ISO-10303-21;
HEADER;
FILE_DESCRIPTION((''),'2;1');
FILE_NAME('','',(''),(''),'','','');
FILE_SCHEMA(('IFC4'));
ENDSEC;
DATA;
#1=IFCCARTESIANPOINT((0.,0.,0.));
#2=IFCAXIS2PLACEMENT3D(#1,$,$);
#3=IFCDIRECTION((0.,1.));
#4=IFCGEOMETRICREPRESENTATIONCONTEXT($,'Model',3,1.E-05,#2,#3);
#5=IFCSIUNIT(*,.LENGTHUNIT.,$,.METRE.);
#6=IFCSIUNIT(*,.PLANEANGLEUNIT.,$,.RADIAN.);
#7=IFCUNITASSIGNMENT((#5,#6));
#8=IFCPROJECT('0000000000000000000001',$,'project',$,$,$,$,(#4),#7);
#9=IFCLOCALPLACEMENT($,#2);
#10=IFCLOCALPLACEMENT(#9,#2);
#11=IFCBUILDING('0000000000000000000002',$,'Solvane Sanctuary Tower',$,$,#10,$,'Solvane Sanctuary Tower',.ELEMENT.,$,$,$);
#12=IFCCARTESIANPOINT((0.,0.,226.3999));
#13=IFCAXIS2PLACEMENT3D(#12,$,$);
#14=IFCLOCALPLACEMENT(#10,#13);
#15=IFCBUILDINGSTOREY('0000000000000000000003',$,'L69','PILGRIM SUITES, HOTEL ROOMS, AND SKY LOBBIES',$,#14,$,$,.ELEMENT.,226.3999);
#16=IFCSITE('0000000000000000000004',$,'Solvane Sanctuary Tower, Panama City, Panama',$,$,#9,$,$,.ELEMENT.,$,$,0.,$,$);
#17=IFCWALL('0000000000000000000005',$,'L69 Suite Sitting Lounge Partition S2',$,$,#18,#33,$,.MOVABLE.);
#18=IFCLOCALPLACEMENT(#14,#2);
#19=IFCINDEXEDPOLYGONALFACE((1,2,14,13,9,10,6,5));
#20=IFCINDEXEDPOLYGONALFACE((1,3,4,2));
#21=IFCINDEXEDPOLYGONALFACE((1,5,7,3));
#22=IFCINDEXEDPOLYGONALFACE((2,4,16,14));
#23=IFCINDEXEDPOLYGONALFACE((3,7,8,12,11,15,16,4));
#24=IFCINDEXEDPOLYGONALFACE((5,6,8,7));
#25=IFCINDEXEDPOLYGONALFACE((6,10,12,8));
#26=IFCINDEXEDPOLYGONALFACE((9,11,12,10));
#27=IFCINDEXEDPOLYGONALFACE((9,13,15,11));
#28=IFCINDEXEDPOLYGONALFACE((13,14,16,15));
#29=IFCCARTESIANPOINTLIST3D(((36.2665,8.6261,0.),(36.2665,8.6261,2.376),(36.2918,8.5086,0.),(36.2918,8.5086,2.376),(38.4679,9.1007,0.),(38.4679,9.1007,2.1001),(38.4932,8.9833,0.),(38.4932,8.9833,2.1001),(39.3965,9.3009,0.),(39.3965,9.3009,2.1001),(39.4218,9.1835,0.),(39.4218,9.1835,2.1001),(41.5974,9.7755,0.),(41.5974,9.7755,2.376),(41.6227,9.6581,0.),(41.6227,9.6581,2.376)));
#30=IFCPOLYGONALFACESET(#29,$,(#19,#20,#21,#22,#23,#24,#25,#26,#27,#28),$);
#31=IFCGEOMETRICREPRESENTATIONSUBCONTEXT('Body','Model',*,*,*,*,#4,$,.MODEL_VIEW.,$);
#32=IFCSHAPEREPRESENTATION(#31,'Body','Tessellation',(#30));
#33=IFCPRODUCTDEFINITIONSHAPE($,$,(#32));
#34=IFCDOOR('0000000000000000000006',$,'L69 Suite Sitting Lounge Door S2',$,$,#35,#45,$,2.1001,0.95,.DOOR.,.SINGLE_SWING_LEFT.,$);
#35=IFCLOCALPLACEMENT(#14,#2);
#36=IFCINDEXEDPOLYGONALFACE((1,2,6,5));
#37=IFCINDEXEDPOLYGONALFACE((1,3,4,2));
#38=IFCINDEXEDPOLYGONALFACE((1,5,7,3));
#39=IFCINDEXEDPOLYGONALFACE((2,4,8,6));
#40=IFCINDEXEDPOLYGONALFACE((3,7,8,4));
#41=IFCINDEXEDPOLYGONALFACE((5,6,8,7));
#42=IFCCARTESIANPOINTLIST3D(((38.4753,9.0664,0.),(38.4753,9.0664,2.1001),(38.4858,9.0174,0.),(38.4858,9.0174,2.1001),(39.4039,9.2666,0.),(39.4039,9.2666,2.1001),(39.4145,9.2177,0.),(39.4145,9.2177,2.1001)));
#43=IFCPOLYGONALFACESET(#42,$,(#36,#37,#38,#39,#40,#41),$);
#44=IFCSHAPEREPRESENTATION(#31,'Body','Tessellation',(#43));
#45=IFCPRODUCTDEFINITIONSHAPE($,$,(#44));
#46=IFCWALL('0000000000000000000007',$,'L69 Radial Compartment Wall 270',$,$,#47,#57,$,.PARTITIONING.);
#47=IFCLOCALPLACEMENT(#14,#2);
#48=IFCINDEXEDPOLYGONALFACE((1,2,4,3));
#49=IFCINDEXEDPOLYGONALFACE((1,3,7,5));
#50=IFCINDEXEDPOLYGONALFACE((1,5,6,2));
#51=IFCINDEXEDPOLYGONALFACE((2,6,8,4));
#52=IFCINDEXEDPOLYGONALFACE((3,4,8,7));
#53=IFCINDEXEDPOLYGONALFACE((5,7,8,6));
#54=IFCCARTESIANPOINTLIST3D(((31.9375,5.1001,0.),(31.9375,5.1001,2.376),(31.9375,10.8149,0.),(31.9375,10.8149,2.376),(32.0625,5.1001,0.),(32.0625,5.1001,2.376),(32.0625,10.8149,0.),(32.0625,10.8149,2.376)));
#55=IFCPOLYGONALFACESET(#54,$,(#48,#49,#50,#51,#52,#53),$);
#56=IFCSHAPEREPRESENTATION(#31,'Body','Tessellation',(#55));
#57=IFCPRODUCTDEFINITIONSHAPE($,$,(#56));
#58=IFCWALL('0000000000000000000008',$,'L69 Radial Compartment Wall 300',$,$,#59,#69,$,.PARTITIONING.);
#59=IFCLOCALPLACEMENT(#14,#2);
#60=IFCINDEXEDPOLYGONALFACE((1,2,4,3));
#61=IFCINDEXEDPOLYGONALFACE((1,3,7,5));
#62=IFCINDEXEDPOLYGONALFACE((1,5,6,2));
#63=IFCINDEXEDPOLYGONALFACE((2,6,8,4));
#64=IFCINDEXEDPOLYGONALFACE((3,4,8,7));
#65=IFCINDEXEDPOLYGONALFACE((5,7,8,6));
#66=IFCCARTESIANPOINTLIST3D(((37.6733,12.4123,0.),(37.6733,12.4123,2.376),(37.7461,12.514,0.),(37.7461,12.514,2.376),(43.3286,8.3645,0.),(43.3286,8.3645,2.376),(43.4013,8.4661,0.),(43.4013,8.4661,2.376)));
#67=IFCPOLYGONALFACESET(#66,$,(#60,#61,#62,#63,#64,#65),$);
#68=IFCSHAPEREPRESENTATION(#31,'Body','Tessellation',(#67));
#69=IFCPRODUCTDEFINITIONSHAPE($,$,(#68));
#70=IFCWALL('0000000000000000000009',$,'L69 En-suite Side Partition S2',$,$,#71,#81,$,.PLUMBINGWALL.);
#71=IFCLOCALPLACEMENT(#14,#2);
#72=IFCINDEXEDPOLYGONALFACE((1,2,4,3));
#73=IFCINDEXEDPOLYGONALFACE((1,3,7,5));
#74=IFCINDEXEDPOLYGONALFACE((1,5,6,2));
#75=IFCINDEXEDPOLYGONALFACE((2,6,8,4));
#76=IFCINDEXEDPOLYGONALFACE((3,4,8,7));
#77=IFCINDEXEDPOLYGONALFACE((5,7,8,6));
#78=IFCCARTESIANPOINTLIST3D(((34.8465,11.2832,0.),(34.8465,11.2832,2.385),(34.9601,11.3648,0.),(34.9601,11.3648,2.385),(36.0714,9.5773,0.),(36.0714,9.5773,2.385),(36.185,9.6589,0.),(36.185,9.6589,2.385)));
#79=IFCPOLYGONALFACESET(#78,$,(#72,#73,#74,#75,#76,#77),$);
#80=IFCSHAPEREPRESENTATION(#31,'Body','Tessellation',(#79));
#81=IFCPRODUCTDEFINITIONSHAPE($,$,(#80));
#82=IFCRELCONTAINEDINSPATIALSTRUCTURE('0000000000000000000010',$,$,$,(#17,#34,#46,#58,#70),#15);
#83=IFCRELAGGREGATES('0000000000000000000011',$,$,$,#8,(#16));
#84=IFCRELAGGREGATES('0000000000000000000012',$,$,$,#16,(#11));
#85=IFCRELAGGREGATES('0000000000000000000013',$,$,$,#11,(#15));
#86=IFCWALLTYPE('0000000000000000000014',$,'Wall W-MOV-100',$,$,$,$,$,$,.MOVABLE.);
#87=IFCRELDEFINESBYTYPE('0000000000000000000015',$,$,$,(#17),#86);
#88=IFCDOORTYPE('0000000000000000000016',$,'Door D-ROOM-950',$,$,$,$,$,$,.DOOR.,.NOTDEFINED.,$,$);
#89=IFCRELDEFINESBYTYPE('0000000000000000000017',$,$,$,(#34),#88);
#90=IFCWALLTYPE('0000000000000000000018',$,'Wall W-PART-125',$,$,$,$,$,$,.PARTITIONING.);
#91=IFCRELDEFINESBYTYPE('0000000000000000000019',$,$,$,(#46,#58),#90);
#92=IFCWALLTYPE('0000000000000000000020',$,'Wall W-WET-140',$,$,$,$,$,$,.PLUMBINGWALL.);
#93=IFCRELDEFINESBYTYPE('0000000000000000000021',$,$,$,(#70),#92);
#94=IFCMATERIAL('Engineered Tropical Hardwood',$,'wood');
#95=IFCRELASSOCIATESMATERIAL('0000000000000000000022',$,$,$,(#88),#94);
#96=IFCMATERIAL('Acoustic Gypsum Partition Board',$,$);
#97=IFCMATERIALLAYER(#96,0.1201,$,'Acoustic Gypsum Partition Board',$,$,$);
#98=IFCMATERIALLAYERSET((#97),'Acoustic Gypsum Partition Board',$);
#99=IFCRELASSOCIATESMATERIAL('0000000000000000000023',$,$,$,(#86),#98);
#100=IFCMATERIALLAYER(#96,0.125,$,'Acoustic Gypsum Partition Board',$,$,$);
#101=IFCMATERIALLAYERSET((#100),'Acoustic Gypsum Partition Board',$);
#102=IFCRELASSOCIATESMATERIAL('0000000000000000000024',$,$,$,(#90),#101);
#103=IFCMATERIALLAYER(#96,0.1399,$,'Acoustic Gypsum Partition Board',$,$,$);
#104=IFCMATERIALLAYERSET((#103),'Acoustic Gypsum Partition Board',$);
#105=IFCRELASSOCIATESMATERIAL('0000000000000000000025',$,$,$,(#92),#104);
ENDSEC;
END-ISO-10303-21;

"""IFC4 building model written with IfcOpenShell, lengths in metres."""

from ifc_helpers import new_model, si_unit, direction, frame, frame_2d, origin, place, context, subcontext, project, spatial, rectangle, extrude, material, layer, layer_set, type_object, element, fill, save


model = new_model("IFC4")

# Units and contexts
model_context = context("Model", 3, precision=1e-05, world=origin(), true_north=direction((0.0, 1.0)))
body_context = subcontext(model_context, "Body", "Model", "MODEL_VIEW")
ifc_project = project(units=[si_unit("LENGTHUNIT", "METRE"), si_unit("PLANEANGLEUNIT", "RADIAN")], contexts=[model_context])

# Site, building, storey
site_placement = place(None, origin())
site = spatial("IfcSite", under=ifc_project, at=site_placement, Name="Solvane Sanctuary Tower, Panama City, Panama", CompositionType="ELEMENT", RefElevation=0.0)
building_placement = place(site_placement, origin())
building = spatial("IfcBuilding", under=site, at=building_placement, Name="Solvane Sanctuary Tower", LongName="Solvane Sanctuary Tower", CompositionType="ELEMENT")
storey_placement = place(building_placement, frame((0.0, 0.0, 226.3999)))
storey = spatial("IfcBuildingStorey", under=building, at=storey_placement, Name="L69", Description="PILGRIM SUITES, HOTEL ROOMS, AND SKY LOBBIES", CompositionType="ELEMENT", Elevation=226.3999)

# Shared definitions
ifc_material_1 = material(Name="Acoustic Gypsum Partition Board")
ifc_material_2 = material(Name="Engineered Tropical Hardwood", Category="wood")
door_type_1 = type_object("IfcDoorType", Name="Door D-ROOM-950", OperationType="NOTDEFINED", PredefinedType="DOOR", material=ifc_material_2)

# Wall, opening, door
ifc_layer_1 = layer(ifc_material_1, 0.1201, Name="Acoustic Gypsum Partition Board")
ifc_layer_set_1 = layer_set([ifc_layer_1], Name="Acoustic Gypsum Partition Board")
wall_type_1 = type_object("IfcWallType", Name="Wall W-MOV-100", PredefinedType="MOVABLE", material=ifc_layer_set_1)
wall_1_placement = place(storey_placement, frame((36.2793, 8.5674, 0.0), z_axis=(0.0, 0.0, 1.0), x_axis=(0.977535, 0.210773, 0.0)))
wall_1 = element("IfcWall", 1, at=wall_1_placement, inside=storey, type_object=wall_type_1, Name="L69 Suite Sitting Lounge Partition S2", PredefinedType="MOVABLE", context=body_context, shape_type="SweptSolid", body=[
    extrude(rectangle(XDim=5.4534, YDim=0.1201, at=frame_2d((2.7266, 0.0))), origin(), (0.0, 0.0, 1.0), 2.376),
])
opening_1_placement = place(wall_1_placement, frame((2.2517, 0.0, 0.0)))
opening_1 = element("IfcOpeningElement", 2, at=opening_1_placement, cuts=wall_1, PredefinedType="OPENING", context=body_context, shape_type="SweptSolid", body=[
    extrude(rectangle(XDim=0.95, YDim=2.1001, at=frame_2d((0.4751, 1.05))), frame((0.0, 0.0701, 0.0), z_axis=(0.0, -1.0, 0.0), x_axis=(1.0, 0.0, 0.0)), (0.0, 0.0, 1.0), 0.1401),
])
door_1_placement = place(opening_1_placement, origin())
door_1 = element("IfcDoor", 3, at=door_1_placement, inside=storey, type_object=door_type_1, Name="L69 Suite Sitting Lounge Door S2", OperationType="SINGLE_SWING_LEFT", OverallHeight=2.1001, OverallWidth=0.95, PredefinedType="DOOR", context=body_context, shape_type="SweptSolid", body=[
    extrude(rectangle(XDim=0.95, YDim=2.1001, at=frame_2d((0.4751, 1.05))), frame((0.0, 0.0249, 0.0), z_axis=(0.0, -1.0, 0.0), x_axis=(1.0, 0.0, 0.0)), (0.0, 0.0, 1.0), 0.05),
])
fill(opening_1, door_1)

# Walls
ifc_layer_2 = layer(ifc_material_1, 0.125, Name="Acoustic Gypsum Partition Board")
ifc_layer_set_2 = layer_set([ifc_layer_2], Name="Acoustic Gypsum Partition Board")
wall_type_2 = type_object("IfcWallType", Name="Wall W-PART-125", PredefinedType="PARTITIONING", material=ifc_layer_set_2)
wall_2_placement = place(storey_placement, frame((32.0, 10.8149, 0.0), z_axis=(0.0, 0.0, 1.0), x_axis=(0.0, -1.0, 0.0)))
element("IfcWall", 4, at=wall_2_placement, inside=storey, type_object=wall_type_2, Name="L69 Radial Compartment Wall 270", PredefinedType="PARTITIONING", context=body_context, shape_type="SweptSolid", body=[
    extrude(rectangle(XDim=5.7148, YDim=0.125, at=frame_2d((2.8574, 0.0))), origin(), (0.0, 0.0, 1.0), 2.376),
])
wall_3_placement = place(storey_placement, frame((37.7097, 12.4631, 0.0), z_axis=(0.0, 0.0, 1.0), x_axis=(0.813164, -0.582035, 0.0)))
element("IfcWall", 5, at=wall_3_placement, inside=storey, type_object=wall_type_2, Name="L69 Radial Compartment Wall 300", PredefinedType="PARTITIONING", context=body_context, shape_type="SweptSolid", body=[
    extrude(rectangle(XDim=6.9546, YDim=0.125, at=frame_2d((3.4773, 0.0))), origin(), (0.0, 0.0, 1.0), 2.376),
])
ifc_layer_3 = layer(ifc_material_1, 0.1399, Name="Acoustic Gypsum Partition Board")
ifc_layer_set_3 = layer_set([ifc_layer_3], Name="Acoustic Gypsum Partition Board")
wall_type_3 = type_object("IfcWallType", Name="Wall W-WET-140", PredefinedType="PLUMBINGWALL", material=ifc_layer_set_3)
wall_4_placement = place(storey_placement, frame((34.9033, 11.324, 0.0), z_axis=(0.0, 0.0, 1.0), x_axis=(0.58326, -0.812286, 0.0)))
element("IfcWall", 6, at=wall_4_placement, inside=storey, type_object=wall_type_3, Name="L69 En-suite Side Partition S2", PredefinedType="PLUMBINGWALL", context=body_context, shape_type="SweptSolid", body=[
    extrude(rectangle(XDim=2.1001, YDim=0.1399, at=frame_2d((1.05, 0.0))), origin(), (0.0, 0.0, 1.0), 2.385),
])

save(model, "model.ifc")
